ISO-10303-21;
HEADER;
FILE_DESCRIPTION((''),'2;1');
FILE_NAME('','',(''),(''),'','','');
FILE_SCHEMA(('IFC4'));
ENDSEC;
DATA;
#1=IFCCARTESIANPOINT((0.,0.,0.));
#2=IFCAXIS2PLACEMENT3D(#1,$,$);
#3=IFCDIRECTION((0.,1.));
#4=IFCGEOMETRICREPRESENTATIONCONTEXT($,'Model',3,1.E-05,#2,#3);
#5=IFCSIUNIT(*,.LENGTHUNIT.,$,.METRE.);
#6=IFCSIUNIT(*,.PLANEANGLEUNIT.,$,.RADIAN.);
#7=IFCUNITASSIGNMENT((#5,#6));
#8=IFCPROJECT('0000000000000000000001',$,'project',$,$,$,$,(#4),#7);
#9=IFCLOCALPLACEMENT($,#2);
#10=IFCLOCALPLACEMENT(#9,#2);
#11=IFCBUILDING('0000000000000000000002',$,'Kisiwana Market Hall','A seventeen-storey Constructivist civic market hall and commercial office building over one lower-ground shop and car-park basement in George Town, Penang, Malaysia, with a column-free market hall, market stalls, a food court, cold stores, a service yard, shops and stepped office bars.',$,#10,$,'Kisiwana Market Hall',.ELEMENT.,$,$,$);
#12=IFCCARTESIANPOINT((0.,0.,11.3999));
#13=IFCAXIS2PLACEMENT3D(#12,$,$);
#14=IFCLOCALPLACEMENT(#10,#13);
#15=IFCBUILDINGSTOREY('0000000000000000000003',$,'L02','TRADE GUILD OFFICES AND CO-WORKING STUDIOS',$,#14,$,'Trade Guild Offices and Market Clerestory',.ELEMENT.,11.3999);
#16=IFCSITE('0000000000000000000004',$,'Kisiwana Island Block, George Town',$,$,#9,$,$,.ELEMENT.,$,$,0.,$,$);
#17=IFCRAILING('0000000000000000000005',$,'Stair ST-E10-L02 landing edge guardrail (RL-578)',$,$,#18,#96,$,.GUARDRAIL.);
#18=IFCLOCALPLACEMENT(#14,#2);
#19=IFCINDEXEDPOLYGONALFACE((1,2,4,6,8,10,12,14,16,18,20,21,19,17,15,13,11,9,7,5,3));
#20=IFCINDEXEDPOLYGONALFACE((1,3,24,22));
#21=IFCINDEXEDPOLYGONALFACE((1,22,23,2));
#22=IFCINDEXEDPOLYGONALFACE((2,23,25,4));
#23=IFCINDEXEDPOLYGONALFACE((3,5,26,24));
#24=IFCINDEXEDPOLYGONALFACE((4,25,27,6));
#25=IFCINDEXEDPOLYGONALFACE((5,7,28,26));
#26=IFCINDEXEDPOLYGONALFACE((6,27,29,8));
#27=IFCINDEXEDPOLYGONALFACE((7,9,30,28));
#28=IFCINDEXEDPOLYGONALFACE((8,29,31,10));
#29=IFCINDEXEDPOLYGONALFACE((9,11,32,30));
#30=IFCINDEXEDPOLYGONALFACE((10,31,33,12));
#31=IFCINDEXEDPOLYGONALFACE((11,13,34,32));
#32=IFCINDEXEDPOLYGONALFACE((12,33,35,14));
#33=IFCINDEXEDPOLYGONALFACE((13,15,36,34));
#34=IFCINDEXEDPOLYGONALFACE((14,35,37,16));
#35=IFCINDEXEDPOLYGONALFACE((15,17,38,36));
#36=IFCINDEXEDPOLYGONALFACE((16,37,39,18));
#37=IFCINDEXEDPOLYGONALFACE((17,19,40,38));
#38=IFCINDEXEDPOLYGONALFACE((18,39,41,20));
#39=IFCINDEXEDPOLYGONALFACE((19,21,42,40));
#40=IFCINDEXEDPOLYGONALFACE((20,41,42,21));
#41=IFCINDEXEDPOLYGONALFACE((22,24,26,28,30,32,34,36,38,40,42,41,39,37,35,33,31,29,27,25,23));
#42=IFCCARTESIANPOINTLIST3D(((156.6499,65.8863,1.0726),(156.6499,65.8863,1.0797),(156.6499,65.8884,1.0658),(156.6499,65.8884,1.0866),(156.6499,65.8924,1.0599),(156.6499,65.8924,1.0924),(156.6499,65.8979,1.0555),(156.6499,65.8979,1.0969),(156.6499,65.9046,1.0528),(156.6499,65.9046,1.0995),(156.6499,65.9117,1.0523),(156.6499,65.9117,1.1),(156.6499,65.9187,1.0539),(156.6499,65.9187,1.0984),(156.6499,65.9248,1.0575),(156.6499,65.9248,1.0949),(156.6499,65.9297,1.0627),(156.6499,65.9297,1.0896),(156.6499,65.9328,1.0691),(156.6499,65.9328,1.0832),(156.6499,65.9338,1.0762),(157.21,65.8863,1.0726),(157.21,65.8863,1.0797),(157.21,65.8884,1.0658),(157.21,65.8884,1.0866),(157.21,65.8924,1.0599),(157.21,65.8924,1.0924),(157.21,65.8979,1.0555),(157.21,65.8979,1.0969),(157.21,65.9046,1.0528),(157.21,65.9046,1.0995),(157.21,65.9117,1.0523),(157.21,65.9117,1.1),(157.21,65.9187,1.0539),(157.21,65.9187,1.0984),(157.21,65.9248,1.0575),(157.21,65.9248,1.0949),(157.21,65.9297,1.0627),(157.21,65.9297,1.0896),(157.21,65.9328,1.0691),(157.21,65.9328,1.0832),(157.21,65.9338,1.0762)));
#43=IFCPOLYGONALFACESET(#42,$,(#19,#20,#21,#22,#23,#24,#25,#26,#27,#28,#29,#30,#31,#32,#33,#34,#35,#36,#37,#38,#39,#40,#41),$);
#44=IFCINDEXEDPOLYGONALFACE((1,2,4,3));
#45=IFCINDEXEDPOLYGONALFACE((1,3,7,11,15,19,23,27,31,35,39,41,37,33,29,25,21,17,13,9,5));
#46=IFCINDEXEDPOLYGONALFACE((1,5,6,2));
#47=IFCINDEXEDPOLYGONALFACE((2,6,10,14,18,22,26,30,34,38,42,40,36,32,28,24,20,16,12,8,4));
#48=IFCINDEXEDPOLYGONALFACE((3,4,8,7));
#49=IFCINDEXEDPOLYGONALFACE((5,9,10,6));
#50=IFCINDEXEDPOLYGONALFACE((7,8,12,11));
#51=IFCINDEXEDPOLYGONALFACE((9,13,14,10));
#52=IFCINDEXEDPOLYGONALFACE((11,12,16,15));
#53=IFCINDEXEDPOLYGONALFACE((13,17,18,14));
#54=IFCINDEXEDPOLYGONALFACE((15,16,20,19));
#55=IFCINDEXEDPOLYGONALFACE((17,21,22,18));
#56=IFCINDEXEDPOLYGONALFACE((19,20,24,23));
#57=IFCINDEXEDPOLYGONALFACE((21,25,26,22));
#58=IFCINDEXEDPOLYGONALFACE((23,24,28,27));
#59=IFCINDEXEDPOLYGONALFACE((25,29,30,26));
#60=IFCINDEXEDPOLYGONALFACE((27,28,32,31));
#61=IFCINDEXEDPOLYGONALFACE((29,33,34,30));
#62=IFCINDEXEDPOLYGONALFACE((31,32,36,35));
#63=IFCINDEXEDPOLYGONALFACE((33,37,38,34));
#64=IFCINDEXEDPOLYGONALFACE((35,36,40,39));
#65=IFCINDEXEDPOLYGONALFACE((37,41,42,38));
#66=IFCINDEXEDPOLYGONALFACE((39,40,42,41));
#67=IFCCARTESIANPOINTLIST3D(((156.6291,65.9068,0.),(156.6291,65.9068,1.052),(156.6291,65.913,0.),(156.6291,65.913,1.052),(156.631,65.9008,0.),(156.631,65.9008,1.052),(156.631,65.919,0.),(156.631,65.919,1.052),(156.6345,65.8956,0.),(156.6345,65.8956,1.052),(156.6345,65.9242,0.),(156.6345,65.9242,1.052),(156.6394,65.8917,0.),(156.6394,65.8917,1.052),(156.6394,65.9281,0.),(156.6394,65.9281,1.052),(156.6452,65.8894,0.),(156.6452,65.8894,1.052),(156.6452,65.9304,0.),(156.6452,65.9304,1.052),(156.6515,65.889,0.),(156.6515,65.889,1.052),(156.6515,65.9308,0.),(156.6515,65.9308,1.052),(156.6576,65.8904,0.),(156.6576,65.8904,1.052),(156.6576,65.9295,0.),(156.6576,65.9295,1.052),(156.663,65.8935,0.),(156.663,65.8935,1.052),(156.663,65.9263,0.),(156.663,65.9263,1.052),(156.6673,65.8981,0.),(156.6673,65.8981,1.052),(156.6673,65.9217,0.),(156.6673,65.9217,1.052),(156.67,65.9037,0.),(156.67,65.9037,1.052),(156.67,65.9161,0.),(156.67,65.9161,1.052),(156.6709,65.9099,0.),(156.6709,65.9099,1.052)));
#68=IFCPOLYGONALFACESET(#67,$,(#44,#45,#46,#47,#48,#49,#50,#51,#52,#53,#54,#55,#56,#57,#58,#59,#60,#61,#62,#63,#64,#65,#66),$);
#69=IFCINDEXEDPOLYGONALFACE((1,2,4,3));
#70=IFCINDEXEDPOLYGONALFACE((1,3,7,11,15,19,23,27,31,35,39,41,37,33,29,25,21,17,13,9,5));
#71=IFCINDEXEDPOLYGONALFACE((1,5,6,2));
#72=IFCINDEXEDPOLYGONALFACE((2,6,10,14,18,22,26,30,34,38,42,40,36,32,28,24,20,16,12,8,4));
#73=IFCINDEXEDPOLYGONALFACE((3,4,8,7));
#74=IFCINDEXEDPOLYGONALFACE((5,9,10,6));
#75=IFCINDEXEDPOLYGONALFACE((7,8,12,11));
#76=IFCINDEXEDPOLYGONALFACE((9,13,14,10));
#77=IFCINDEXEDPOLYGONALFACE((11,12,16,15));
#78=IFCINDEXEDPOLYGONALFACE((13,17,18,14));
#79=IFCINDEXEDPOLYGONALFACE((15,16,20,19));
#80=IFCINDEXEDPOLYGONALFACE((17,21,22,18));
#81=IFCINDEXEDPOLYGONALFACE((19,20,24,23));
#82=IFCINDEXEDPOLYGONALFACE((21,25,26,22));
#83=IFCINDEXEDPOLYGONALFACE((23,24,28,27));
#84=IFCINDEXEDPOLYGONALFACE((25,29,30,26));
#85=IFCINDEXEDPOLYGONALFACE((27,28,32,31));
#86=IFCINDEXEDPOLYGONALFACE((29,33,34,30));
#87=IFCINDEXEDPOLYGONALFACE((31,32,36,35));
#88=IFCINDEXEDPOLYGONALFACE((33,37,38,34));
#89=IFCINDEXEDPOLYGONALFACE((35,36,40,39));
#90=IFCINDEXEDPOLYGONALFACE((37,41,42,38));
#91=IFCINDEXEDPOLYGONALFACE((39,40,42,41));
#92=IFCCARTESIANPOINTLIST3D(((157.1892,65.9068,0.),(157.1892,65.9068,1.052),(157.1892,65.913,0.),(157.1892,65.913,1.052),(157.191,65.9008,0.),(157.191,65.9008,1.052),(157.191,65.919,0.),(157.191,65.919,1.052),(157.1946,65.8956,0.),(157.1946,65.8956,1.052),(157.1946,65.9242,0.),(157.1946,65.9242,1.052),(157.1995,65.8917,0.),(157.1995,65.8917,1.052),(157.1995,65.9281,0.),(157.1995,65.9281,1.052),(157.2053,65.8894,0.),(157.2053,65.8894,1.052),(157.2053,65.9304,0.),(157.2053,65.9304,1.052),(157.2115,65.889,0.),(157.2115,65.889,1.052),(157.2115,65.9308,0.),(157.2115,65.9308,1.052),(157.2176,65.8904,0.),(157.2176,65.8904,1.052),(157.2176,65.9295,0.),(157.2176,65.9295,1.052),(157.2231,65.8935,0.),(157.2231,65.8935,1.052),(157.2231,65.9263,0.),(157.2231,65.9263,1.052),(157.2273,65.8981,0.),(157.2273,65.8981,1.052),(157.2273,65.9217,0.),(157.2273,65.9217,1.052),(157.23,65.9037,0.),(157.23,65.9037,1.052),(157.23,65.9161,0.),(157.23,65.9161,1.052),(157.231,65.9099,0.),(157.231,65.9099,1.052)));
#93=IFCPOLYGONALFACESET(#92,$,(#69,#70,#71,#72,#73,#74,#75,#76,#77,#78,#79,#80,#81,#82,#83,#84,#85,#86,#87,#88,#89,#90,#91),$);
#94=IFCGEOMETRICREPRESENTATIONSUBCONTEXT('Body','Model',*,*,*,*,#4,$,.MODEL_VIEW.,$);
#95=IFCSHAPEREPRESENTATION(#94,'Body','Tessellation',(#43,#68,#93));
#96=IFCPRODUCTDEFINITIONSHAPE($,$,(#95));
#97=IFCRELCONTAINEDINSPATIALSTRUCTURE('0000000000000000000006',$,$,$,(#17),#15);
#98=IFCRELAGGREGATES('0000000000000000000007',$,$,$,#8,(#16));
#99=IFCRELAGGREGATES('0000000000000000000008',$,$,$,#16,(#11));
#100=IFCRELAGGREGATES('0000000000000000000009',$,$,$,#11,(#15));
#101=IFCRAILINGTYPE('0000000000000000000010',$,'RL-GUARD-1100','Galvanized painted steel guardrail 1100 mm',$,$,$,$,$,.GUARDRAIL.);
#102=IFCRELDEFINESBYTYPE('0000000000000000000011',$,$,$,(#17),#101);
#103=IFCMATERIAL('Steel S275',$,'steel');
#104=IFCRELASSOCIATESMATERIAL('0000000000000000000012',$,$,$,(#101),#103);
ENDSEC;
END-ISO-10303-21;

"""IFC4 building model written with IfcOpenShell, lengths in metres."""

from ifc_helpers import new_model, si_unit, direction, frame, origin, origin_2d, place, context, subcontext, project, spatial, circle, extrude, material, type_object, element, save


model = new_model("IFC4")

# Units and contexts
model_context = context("Model", 3, precision=1e-05, world=origin(), true_north=direction((0.0, 1.0)))
body_context = subcontext(model_context, "Body", "Model", "MODEL_VIEW")
ifc_project = project(units=[si_unit("LENGTHUNIT", "METRE"), si_unit("PLANEANGLEUNIT", "RADIAN")], contexts=[model_context])

# Site, building, storey
site_placement = place(None, origin())
site = spatial("IfcSite", under=ifc_project, at=site_placement, Name="Kisiwana Island Block, George Town", CompositionType="ELEMENT", RefElevation=0.0)
building_placement = place(site_placement, origin())
building = spatial("IfcBuilding", under=site, at=building_placement, Name="Kisiwana Market Hall", Description="A seventeen-storey Constructivist civic market hall and commercial office building over one lower-ground shop and car-park basement in George Town, Penang, Malaysia, with a column-free market hall, market stalls, a food court, cold stores, a service yard, shops and stepped office bars.", LongName="Kisiwana Market Hall", CompositionType="ELEMENT")
storey_placement = place(building_placement, frame((0.0, 0.0, 11.3999)))
storey = spatial("IfcBuildingStorey", under=building, at=storey_placement, Name="L02", Description="TRADE GUILD OFFICES AND CO-WORKING STUDIOS", LongName="Trade Guild Offices and Market Clerestory", CompositionType="ELEMENT", Elevation=11.3999)

# Railing
ifc_material_1 = material(Name="Steel S275", Category="steel")
railing_type_1 = type_object("IfcRailingType", Name="RL-GUARD-1100", Description="Galvanized painted steel guardrail 1100 mm", PredefinedType="GUARDRAIL", material=ifc_material_1)
railing_1_placement = place(storey_placement, frame((156.6499, 65.9099, 0.0)))
element("IfcRailing", 1, at=railing_1_placement, inside=storey, type_object=railing_type_1, Name="Stair ST-E10-L02 landing edge guardrail (RL-578)", PredefinedType="GUARDRAIL", context=body_context, shape_type="SweptSolid", body=[
    extrude(circle(Radius=0.0239, at=origin_2d()), frame((0.0, 0.0, 1.0762), z_axis=(1.0, 0.0, 0.0), x_axis=(0.0, 1.0, 0.0)), (0.0, 0.0, 1.0), 0.5601),
    extrude(circle(Radius=0.021, at=origin_2d()), origin(), (0.0, 0.0, 1.0), 1.052),
    extrude(circle(Radius=0.021, at=origin_2d()), frame((0.5601, 0.0, 0.0)), (0.0, 0.0, 1.0), 1.052),
])

save(model, "model.ifc")
